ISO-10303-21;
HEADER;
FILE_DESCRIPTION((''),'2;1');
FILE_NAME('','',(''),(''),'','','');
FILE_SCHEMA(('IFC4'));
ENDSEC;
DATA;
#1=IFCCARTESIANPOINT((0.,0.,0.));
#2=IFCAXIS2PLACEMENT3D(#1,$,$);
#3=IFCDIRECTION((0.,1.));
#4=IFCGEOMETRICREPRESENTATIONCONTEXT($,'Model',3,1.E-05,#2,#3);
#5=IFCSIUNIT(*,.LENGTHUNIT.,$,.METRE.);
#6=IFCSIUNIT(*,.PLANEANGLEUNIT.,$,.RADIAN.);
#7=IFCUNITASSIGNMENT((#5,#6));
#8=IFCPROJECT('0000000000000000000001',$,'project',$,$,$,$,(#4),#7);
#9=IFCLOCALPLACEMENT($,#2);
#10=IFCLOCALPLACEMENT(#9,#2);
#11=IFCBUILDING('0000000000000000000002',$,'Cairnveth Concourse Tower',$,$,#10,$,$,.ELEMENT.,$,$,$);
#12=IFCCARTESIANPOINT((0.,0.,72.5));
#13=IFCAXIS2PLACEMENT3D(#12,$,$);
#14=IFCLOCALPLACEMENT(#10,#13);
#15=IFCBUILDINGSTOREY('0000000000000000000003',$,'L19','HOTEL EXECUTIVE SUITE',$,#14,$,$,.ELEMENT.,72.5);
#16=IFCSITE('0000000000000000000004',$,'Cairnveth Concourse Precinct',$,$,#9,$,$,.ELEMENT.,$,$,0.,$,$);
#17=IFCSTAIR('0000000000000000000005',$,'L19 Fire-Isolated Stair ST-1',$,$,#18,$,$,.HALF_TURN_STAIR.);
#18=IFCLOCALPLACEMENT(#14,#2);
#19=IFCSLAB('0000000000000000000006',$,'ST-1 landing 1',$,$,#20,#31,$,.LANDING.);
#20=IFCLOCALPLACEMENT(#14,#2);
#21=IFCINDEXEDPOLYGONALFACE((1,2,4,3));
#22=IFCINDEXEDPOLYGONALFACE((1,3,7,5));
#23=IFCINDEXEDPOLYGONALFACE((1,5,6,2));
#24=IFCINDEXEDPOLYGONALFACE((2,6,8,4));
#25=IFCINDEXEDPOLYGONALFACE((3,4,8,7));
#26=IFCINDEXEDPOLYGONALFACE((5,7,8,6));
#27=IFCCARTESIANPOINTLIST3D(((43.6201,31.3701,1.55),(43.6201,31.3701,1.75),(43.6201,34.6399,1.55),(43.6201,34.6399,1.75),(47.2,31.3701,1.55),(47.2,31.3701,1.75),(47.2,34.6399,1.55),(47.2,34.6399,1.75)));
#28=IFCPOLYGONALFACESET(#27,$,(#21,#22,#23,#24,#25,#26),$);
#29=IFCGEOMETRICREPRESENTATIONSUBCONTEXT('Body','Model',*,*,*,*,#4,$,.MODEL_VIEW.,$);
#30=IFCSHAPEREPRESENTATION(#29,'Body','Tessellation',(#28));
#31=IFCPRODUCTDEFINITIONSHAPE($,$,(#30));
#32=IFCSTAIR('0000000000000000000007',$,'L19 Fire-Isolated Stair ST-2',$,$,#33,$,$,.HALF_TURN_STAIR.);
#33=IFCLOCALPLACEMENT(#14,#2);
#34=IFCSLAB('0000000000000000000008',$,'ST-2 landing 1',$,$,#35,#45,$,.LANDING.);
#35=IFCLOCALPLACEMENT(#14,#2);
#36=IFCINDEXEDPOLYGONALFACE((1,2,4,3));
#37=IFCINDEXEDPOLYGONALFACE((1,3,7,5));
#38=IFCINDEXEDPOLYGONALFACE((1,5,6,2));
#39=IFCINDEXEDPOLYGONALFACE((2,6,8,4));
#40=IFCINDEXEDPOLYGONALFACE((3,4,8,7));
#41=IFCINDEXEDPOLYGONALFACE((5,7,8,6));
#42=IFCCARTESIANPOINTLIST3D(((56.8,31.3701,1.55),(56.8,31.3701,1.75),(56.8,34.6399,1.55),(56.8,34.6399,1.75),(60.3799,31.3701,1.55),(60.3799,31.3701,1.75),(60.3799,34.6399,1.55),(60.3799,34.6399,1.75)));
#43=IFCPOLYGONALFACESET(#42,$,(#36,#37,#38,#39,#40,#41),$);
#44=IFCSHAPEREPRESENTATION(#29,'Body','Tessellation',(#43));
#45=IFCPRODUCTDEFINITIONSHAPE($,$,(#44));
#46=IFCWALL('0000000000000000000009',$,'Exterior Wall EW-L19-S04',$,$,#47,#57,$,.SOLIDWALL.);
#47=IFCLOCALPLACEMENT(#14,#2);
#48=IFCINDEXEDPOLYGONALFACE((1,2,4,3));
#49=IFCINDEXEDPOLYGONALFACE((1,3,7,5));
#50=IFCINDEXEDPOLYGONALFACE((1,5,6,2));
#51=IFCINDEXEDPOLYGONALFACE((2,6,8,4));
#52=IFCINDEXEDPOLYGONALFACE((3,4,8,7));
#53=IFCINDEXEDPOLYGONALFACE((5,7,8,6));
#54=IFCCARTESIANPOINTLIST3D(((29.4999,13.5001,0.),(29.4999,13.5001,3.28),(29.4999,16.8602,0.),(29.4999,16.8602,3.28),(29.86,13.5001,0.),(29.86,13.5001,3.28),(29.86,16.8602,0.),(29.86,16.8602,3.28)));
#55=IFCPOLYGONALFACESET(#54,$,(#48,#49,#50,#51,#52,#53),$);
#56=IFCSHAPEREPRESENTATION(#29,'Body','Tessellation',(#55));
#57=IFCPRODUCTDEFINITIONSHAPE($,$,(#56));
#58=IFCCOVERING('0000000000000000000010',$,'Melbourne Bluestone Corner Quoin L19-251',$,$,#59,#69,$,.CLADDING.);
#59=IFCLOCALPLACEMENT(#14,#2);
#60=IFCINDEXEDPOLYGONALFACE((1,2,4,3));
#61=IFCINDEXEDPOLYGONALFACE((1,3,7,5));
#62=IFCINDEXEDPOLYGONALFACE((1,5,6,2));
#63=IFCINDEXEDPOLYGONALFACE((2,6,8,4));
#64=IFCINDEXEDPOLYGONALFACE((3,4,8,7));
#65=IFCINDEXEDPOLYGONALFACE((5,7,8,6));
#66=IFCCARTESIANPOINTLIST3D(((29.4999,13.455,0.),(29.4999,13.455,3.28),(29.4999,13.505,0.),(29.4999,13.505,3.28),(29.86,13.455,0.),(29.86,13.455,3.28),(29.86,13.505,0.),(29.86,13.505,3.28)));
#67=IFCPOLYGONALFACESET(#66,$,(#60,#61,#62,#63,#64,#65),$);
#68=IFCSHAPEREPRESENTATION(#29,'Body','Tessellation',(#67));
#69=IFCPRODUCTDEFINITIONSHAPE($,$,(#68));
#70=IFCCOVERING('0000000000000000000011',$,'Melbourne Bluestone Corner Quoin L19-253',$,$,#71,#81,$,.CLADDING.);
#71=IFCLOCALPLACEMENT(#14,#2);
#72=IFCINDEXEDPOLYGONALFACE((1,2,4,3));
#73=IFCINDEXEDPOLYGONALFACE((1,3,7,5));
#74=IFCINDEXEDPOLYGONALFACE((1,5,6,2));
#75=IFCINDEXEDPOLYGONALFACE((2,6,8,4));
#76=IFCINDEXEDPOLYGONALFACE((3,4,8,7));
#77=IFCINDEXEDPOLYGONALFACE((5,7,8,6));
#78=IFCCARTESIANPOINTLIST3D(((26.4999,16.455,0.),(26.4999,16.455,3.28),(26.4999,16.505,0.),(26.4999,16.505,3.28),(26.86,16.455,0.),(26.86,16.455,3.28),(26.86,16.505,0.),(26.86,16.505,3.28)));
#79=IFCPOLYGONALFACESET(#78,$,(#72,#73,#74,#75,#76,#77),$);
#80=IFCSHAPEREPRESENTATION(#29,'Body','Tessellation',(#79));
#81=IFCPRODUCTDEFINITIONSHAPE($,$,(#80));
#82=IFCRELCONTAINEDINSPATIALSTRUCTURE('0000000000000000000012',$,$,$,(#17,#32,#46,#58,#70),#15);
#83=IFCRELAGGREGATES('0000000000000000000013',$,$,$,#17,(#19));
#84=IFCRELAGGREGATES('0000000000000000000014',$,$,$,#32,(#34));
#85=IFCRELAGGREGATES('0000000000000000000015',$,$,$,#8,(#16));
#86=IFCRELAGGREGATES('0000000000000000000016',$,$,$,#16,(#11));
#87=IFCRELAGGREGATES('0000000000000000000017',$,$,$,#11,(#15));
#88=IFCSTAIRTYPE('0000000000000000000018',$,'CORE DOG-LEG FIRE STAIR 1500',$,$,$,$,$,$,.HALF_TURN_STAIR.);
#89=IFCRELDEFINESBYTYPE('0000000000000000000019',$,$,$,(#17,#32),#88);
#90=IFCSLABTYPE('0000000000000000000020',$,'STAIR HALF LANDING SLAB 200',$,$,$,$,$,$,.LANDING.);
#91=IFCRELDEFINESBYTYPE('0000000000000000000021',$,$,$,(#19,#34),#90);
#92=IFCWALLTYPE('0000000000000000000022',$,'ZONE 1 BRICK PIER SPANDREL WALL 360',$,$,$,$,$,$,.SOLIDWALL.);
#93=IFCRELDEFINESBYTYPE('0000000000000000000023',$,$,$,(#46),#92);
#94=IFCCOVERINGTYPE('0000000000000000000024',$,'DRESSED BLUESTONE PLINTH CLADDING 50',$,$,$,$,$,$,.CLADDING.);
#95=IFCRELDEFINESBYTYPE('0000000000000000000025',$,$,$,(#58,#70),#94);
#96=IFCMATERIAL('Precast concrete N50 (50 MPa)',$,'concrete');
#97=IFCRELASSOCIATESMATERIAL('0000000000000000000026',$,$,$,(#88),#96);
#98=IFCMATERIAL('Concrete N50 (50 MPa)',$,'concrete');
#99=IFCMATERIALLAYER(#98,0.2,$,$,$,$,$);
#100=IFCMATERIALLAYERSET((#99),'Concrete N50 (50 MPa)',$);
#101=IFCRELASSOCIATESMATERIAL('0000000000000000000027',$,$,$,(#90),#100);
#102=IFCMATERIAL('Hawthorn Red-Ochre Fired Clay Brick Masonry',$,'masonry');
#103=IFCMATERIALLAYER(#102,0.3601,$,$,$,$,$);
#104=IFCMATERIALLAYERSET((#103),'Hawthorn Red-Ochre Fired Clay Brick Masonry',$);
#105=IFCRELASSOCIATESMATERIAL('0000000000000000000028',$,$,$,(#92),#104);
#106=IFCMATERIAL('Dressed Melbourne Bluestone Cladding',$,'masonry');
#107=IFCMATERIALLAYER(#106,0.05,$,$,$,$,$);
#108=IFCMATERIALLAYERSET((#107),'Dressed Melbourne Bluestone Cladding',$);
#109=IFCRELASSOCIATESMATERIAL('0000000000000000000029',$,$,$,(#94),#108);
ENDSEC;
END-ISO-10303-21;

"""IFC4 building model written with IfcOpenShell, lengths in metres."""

from ifc_helpers import new_model, si_unit, direction, frame, frame_2d, origin, place, context, subcontext, project, spatial, polyline, rectangle, outline, extrude, material, layer, layer_set, type_object, element, aggregate, save


model = new_model("IFC4")

# Units and contexts
model_context = context("Model", 3, precision=1e-05, world=origin(), true_north=direction((0.0, 1.0)))
body_context = subcontext(model_context, "Body", "Model", "MODEL_VIEW")
ifc_project = project(units=[si_unit("LENGTHUNIT", "METRE"), si_unit("PLANEANGLEUNIT", "RADIAN")], contexts=[model_context])

# Site, building, storey
site_placement = place(None, origin())
site = spatial("IfcSite", under=ifc_project, at=site_placement, Name="Cairnveth Concourse Precinct", CompositionType="ELEMENT", RefElevation=0.0)
building_placement = place(site_placement, origin())
building = spatial("IfcBuilding", under=site, at=building_placement, Name="Cairnveth Concourse Tower", CompositionType="ELEMENT")
storey_placement = place(building_placement, frame((0.0, 0.0, 72.5)))
storey = spatial("IfcBuildingStorey", under=building, at=storey_placement, Name="L19", Description="HOTEL EXECUTIVE SUITE", CompositionType="ELEMENT", Elevation=72.5)

# Shared definitions
ifc_material_1 = material(Name="Concrete N50 (50 MPa)", Category="concrete")

# Stairs, slabs
ifc_material_2 = material(Name="Precast concrete N50 (50 MPa)", Category="concrete")
stair_type = type_object("IfcStairType", Name="CORE DOG-LEG FIRE STAIR 1500", PredefinedType="HALF_TURN_STAIR", material=ifc_material_2)
stair_1_placement = place(storey_placement, origin())
stair_1 = element("IfcStair", 1, at=stair_1_placement, inside=storey, type_object=stair_type, Name="L19 Fire-Isolated Stair ST-1", PredefinedType="HALF_TURN_STAIR")
ifc_layer_1 = layer(ifc_material_1, 0.2)
ifc_layer_set_1 = layer_set([ifc_layer_1], Name="Concrete N50 (50 MPa)")
slab_type_1 = type_object("IfcSlabType", Name="STAIR HALF LANDING SLAB 200", PredefinedType="LANDING", material=ifc_layer_set_1)
slab_1_placement = place(storey_placement, frame((0.0, 0.0, 1.55)))
slab_1 = element("IfcSlab", 2, at=slab_1_placement, type_object=slab_type_1, Name="ST-1 landing 1", PredefinedType="LANDING", context=body_context, shape_type="SweptSolid", body=[
    extrude(outline(polyline([(43.6201, 34.6399), (43.6201, 31.3701), (47.2, 31.3701), (47.2, 34.6399), (43.6201, 34.6399)])), origin(), (0.0, 0.0, 1.0), 0.2),
])
aggregate(stair_1, [slab_1])
stair_2_placement = place(storey_placement, origin())
stair_2 = element("IfcStair", 3, at=stair_2_placement, inside=storey, type_object=stair_type, Name="L19 Fire-Isolated Stair ST-2", PredefinedType="HALF_TURN_STAIR")
slab_2_placement = place(storey_placement, frame((0.0, 0.0, 1.55)))
slab_2 = element("IfcSlab", 4, at=slab_2_placement, type_object=slab_type_1, Name="ST-2 landing 1", PredefinedType="LANDING", context=body_context, shape_type="SweptSolid", body=[
    extrude(outline(polyline([(56.8, 34.6399), (56.8, 31.3701), (60.3799, 31.3701), (60.3799, 34.6399), (56.8, 34.6399)])), origin(), (0.0, 0.0, 1.0), 0.2),
])
aggregate(stair_2, [slab_2])

# Wall
ifc_material_3 = material(Name="Hawthorn Red-Ochre Fired Clay Brick Masonry", Category="masonry")
ifc_layer_2 = layer(ifc_material_3, 0.3601)
ifc_layer_set_2 = layer_set([ifc_layer_2], Name="Hawthorn Red-Ochre Fired Clay Brick Masonry")
wall_type = type_object("IfcWallType", Name="ZONE 1 BRICK PIER SPANDREL WALL 360", PredefinedType="SOLIDWALL", material=ifc_layer_set_2)
wall_1_placement = place(storey_placement, frame((29.6799, 13.5, 0.0), z_axis=(0.0, 0.0, 1.0), x_axis=(0.0, 1.0, 0.0)))
element("IfcWall", 5, at=wall_1_placement, inside=storey, type_object=wall_type, Name="Exterior Wall EW-L19-S04", PredefinedType="SOLIDWALL", context=body_context, shape_type="SweptSolid", body=[
    extrude(rectangle(XDim=3.3601, YDim=0.3601, at=frame_2d((1.6802, 0.0))), origin(), (0.0, 0.0, 1.0), 3.28),
])

# Coverings
ifc_material_4 = material(Name="Dressed Melbourne Bluestone Cladding", Category="masonry")
ifc_layer_3 = layer(ifc_material_4, 0.05)
ifc_layer_set_3 = layer_set([ifc_layer_3], Name="Dressed Melbourne Bluestone Cladding")
covering_type = type_object("IfcCoveringType", Name="DRESSED BLUESTONE PLINTH CLADDING 50", PredefinedType="CLADDING", material=ifc_layer_set_3)
for number, where, z_axis, x_axis, name in (
    (6, (29.8601, 13.48, 0.0), (0.0, 0.0, 1.0), (-1.0, 0.0, 0.0), "Melbourne Bluestone Corner Quoin L19-251"),
    (7, (26.8601, 16.48, 0.0), (0.0, 0.0, 1.0), (-1.0, 0.0, 0.0), "Melbourne Bluestone Corner Quoin L19-253"),
):
    element("IfcCovering", number, at=place(storey_placement, frame(where, z_axis=z_axis, x_axis=x_axis)), inside=storey, type_object=covering_type, Name=name, PredefinedType="CLADDING", context=body_context, shape_type="SweptSolid", body=[
        extrude(rectangle(XDim=0.3601, YDim=0.05, at=frame_2d((0.1802, 0.0))), origin(), (0.0, 0.0, 1.0), 3.28),
    ])

save(model, "model.ifc")
